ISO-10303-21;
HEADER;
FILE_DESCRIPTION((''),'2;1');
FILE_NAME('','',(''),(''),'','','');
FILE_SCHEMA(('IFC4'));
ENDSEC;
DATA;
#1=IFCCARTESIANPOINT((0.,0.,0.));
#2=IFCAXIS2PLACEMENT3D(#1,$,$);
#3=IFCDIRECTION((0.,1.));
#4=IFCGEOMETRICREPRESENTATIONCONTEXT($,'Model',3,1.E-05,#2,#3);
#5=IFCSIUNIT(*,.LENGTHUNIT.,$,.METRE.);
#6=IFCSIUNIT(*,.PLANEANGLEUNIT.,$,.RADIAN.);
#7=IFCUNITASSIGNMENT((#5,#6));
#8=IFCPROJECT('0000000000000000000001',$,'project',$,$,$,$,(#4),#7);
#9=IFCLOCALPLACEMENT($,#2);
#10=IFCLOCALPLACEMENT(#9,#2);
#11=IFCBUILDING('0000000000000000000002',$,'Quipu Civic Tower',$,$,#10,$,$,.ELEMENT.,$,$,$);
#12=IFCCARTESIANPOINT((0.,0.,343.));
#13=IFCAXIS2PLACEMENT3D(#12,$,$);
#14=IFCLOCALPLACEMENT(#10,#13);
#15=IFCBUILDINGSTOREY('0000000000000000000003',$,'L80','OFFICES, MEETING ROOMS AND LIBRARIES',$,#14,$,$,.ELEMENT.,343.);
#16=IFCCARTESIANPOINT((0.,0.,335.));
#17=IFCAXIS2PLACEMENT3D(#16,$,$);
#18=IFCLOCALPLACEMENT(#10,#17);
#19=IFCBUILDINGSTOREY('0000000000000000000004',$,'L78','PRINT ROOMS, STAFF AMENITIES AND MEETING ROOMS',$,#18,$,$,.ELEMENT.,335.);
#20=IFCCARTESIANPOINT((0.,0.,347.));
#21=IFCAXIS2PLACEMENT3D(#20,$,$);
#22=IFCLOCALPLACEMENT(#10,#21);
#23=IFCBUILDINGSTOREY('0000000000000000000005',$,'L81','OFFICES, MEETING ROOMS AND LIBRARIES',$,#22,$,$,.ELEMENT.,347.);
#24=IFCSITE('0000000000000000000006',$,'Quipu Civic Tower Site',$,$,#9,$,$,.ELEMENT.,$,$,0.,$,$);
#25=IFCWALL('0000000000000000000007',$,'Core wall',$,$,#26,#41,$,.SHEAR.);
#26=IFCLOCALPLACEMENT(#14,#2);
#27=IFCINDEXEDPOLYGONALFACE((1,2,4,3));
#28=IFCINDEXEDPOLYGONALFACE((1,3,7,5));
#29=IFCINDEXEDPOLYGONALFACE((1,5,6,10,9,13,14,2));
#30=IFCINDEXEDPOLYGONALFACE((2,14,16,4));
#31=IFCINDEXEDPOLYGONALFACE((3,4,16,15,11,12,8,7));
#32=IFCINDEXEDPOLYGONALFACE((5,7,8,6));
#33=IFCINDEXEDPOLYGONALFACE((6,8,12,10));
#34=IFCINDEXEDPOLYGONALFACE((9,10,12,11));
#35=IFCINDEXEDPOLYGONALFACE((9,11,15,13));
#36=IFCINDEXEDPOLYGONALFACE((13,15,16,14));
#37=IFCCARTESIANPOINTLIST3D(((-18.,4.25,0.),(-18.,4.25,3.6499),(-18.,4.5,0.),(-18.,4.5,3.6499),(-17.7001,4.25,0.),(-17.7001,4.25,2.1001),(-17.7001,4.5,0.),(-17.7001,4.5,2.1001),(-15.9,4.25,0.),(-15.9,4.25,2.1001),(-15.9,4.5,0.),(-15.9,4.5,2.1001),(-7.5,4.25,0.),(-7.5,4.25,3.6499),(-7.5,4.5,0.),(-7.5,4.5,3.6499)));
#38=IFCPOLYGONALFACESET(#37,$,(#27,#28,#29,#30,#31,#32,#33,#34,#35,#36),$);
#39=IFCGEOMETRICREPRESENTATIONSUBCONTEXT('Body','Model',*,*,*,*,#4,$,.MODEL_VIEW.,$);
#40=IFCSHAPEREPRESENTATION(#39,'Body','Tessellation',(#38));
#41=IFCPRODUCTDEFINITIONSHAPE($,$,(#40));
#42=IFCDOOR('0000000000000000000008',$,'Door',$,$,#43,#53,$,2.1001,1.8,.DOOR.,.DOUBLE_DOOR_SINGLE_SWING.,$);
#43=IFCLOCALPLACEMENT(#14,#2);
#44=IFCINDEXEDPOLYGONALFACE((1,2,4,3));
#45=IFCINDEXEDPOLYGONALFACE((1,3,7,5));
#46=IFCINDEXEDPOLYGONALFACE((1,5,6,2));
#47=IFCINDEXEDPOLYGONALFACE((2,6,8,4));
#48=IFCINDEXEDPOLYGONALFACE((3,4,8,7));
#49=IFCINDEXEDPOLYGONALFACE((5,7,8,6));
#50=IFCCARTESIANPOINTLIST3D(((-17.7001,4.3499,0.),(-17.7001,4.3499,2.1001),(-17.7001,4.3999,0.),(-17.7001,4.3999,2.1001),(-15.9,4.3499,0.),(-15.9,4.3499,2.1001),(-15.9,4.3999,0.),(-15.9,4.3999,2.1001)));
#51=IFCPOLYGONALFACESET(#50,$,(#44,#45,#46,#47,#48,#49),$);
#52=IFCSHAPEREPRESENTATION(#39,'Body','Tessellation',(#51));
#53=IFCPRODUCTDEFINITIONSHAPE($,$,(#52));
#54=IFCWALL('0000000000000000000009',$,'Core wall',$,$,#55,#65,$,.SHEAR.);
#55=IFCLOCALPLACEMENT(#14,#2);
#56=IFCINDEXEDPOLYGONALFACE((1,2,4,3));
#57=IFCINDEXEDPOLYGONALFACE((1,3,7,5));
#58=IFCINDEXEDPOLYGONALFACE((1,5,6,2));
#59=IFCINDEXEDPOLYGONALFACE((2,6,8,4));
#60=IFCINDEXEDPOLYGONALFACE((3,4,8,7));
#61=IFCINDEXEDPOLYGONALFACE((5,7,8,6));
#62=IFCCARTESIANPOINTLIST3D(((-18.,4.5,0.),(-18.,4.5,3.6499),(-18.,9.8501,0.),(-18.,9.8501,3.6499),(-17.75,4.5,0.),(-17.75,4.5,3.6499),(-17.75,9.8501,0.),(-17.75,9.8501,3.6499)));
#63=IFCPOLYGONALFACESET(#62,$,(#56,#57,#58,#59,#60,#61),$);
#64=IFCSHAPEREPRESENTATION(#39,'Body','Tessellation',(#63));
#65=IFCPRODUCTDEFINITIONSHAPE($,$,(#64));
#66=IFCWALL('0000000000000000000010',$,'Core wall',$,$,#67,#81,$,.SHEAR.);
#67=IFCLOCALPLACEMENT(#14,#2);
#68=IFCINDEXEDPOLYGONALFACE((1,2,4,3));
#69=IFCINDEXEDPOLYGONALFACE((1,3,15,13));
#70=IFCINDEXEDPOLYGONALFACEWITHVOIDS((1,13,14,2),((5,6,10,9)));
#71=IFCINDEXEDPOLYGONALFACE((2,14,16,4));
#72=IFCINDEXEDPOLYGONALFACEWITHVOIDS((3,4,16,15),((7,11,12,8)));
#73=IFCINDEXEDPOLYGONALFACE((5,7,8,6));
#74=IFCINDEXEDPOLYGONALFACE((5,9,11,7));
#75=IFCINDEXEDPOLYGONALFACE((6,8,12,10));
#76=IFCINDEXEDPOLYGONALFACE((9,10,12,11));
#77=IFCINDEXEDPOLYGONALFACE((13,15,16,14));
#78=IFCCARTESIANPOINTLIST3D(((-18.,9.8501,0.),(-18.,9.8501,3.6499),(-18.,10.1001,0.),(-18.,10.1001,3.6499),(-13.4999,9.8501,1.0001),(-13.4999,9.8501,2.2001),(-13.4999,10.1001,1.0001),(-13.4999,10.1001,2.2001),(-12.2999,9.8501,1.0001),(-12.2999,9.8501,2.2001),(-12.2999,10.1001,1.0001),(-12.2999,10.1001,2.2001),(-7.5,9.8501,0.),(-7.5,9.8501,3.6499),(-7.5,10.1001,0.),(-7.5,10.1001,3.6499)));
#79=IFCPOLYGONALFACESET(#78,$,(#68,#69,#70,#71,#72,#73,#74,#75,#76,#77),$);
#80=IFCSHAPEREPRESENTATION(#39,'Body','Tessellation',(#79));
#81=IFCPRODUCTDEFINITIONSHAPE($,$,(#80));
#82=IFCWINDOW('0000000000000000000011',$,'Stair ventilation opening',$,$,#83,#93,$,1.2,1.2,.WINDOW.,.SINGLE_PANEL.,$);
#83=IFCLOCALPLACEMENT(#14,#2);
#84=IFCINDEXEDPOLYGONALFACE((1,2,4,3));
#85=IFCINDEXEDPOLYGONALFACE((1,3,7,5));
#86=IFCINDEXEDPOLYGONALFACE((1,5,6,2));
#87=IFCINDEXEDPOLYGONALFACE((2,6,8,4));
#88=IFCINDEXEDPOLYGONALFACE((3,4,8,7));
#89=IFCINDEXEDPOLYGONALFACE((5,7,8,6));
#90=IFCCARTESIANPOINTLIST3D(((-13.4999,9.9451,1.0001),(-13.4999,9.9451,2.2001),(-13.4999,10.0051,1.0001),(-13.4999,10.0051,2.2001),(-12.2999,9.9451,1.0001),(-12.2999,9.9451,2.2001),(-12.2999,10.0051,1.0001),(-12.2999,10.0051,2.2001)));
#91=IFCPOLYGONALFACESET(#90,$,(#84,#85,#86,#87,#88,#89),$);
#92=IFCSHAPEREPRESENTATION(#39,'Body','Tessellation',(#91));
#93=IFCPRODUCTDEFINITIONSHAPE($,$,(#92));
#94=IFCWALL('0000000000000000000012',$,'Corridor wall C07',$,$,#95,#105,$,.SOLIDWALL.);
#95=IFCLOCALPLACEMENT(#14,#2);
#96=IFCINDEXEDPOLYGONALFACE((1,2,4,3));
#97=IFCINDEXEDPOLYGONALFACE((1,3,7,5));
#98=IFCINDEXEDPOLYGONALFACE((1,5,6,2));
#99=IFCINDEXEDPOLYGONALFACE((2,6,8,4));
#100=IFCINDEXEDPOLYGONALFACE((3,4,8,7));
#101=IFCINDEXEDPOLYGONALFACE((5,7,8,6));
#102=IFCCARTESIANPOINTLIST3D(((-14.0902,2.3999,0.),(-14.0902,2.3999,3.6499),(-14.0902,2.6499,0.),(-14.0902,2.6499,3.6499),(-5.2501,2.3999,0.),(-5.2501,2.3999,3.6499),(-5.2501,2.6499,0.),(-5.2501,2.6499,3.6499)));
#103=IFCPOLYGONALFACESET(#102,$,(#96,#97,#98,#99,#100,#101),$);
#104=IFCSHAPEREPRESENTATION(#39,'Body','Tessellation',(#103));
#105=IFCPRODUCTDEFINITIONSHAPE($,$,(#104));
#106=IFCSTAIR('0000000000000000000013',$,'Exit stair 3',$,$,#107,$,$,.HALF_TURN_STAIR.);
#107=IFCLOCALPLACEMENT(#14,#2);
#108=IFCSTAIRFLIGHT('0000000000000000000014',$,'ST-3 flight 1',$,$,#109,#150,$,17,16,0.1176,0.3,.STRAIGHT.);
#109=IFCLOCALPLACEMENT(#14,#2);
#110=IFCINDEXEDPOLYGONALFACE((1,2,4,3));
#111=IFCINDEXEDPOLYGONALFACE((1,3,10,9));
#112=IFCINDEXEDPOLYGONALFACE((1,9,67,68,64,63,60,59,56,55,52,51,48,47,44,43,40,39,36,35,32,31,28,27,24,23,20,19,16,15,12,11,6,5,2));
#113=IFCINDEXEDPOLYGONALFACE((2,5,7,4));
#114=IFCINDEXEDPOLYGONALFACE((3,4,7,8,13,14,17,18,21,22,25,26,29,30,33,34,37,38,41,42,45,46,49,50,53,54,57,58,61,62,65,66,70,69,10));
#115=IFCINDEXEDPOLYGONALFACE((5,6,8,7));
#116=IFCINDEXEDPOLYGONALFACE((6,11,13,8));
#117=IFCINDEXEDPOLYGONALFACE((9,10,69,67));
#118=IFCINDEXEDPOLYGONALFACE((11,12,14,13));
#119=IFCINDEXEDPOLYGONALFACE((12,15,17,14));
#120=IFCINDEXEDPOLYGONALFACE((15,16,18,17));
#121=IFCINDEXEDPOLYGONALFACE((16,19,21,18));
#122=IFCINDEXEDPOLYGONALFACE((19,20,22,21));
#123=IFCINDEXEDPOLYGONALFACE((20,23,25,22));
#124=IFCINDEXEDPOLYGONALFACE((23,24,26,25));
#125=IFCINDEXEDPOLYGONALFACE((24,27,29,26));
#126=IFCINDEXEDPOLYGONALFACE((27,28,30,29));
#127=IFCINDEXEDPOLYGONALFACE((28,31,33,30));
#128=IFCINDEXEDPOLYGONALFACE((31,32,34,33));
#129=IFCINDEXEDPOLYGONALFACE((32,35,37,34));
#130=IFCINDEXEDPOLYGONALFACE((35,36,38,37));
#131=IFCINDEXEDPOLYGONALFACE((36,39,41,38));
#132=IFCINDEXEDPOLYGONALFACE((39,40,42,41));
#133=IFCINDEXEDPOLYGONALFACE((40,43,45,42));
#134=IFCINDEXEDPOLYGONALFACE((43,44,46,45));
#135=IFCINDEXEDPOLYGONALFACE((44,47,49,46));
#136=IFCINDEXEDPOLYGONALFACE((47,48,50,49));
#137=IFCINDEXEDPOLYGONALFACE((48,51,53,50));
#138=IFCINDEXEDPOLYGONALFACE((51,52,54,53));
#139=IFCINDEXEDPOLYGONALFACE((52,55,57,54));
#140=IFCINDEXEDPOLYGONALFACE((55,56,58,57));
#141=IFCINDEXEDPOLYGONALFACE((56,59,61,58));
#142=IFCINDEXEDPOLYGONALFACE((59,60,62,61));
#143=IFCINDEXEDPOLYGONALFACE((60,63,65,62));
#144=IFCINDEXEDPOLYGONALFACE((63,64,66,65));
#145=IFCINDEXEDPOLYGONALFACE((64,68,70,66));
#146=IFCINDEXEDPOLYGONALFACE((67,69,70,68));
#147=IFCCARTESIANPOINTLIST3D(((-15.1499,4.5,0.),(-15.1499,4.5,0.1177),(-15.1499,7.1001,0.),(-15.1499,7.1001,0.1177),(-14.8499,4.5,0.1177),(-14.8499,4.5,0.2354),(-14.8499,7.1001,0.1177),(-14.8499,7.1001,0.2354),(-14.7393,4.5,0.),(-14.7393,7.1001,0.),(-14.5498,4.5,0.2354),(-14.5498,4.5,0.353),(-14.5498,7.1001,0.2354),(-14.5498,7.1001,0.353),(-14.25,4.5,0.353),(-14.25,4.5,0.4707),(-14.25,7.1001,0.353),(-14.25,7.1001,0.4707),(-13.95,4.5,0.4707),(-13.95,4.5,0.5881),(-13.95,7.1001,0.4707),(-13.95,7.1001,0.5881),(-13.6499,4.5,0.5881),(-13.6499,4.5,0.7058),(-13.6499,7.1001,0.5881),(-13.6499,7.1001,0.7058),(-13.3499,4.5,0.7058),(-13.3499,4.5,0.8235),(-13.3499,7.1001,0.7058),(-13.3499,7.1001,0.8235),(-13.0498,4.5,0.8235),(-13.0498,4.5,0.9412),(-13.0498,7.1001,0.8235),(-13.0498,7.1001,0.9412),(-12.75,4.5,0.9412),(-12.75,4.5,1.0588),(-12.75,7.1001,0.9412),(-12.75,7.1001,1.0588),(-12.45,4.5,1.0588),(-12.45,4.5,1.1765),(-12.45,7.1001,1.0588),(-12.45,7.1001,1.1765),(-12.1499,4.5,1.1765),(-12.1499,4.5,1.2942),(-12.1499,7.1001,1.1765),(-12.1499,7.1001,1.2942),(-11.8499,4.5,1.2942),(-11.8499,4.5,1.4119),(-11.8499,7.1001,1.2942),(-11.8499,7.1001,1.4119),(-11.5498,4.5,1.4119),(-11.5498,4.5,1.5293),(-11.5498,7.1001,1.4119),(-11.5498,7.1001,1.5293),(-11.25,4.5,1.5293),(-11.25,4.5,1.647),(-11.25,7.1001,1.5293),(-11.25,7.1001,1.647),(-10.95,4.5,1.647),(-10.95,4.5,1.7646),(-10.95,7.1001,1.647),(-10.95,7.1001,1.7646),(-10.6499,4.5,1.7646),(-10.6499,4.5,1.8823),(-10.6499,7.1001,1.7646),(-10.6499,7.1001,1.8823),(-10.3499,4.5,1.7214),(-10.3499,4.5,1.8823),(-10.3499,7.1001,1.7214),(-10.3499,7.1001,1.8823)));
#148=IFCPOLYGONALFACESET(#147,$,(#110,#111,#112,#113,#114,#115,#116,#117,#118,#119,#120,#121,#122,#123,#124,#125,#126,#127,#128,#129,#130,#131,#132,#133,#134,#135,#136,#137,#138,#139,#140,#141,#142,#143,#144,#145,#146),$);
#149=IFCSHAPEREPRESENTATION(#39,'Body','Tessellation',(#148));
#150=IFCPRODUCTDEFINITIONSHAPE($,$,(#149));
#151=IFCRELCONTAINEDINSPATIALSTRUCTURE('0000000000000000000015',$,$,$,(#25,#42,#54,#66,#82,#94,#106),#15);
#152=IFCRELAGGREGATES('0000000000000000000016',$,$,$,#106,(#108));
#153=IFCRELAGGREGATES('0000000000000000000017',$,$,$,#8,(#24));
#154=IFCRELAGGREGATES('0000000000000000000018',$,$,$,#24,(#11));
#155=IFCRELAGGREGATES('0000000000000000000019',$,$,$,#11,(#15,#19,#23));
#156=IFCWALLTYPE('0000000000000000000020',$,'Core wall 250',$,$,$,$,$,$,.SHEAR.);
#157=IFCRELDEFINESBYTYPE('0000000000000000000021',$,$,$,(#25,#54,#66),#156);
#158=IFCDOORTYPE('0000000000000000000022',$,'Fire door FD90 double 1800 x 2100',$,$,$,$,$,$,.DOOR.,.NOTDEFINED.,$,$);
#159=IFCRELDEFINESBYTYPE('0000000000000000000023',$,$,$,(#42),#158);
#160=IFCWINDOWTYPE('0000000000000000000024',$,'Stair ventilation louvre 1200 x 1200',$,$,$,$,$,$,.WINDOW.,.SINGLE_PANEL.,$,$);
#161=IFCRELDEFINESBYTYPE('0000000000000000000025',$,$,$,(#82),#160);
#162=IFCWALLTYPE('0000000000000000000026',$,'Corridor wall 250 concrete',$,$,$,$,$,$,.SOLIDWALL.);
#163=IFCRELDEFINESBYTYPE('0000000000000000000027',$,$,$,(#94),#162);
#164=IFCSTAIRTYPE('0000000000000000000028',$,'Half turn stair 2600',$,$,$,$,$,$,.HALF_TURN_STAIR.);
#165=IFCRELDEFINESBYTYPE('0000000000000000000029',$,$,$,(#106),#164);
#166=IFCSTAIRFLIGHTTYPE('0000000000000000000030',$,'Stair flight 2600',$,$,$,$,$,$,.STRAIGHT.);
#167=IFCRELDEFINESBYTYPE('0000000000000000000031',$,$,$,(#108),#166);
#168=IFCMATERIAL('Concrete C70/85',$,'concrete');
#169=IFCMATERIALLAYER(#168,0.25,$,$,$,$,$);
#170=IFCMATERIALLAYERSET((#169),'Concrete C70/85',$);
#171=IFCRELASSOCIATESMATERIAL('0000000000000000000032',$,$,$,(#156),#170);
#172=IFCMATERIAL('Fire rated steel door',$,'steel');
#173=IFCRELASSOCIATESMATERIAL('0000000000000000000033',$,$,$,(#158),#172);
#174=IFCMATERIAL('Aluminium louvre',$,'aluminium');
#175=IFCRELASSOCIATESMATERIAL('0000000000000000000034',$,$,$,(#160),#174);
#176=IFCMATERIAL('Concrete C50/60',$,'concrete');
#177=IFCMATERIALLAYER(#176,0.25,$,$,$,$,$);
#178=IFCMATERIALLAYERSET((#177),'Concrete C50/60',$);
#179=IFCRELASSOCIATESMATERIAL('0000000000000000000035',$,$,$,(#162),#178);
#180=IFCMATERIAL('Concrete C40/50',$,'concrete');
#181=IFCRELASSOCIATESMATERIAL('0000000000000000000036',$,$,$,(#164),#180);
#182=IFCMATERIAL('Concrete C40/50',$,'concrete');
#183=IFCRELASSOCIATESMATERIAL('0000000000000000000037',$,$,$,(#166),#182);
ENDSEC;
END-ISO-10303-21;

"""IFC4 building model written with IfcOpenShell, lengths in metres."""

from ifc_helpers import new_model, si_unit, direction, frame, frame_2d, origin, place, context, subcontext, project, spatial, polyline, rectangle, outline, extrude, material, layer, layer_set, type_object, element, fill, aggregate, save


model = new_model("IFC4")

# Units and contexts
model_context = context("Model", 3, precision=1e-05, world=origin(), true_north=direction((0.0, 1.0)))
body_context = subcontext(model_context, "Body", "Model", "MODEL_VIEW")
ifc_project = project(units=[si_unit("LENGTHUNIT", "METRE"), si_unit("PLANEANGLEUNIT", "RADIAN")], contexts=[model_context])

# Site, building, storey
site_placement = place(None, origin())
site = spatial("IfcSite", under=ifc_project, at=site_placement, Name="Quipu Civic Tower Site", CompositionType="ELEMENT", RefElevation=0.0)
building_placement = place(site_placement, origin())
building = spatial("IfcBuilding", under=site, at=building_placement, Name="Quipu Civic Tower", CompositionType="ELEMENT")
storey_1_placement = place(building_placement, frame((0.0, 0.0, 343.0)))
storey_1 = spatial("IfcBuildingStorey", under=building, at=storey_1_placement, Name="L80", Description="OFFICES, MEETING ROOMS AND LIBRARIES", CompositionType="ELEMENT", Elevation=343.0)

# Shared definitions
storey_2_placement = place(building_placement, frame((0.0, 0.0, 335.0)))
storey_2 = spatial("IfcBuildingStorey", under=building, at=storey_2_placement, Name="L78", Description="PRINT ROOMS, STAFF AMENITIES AND MEETING ROOMS", CompositionType="ELEMENT", Elevation=335.0)

# Shared definitions
storey_3_placement = place(building_placement, frame((0.0, 0.0, 347.0)))
storey_3 = spatial("IfcBuildingStorey", under=building, at=storey_3_placement, Name="L81", Description="OFFICES, MEETING ROOMS AND LIBRARIES", CompositionType="ELEMENT", Elevation=347.0)

# Shared definitions
ifc_material_1 = material(Name="Concrete C70/85", Category="concrete")
ifc_layer_1 = layer(ifc_material_1, 0.25)
ifc_layer_set_1 = layer_set([ifc_layer_1], Name="Concrete C70/85")
wall_type_1 = type_object("IfcWallType", Name="Core wall 250", PredefinedType="SHEAR", material=ifc_layer_set_1)

# Wall, opening, door
wall_1_placement = place(storey_1_placement, frame((-18.0, 4.375, 0.0), z_axis=(0.0, 0.0, 1.0), x_axis=(1.0, 0.0, 0.0)))
wall_1 = element("IfcWall", 1, at=wall_1_placement, inside=storey_1, type_object=wall_type_1, Name="Core wall", PredefinedType="SHEAR", context=body_context, shape_type="SweptSolid", body=[
    extrude(rectangle(XDim=10.5, YDim=0.25, at=frame_2d((5.25, 0.0))), origin(), (0.0, 0.0, 1.0), 3.6499),
])
opening_1_placement = place(wall_1_placement, frame((0.3, 0.0, 0.0)))
opening_1 = element("IfcOpeningElement", 2, at=opening_1_placement, cuts=wall_1, PredefinedType="OPENING", context=body_context, shape_type="SweptSolid", body=[
    extrude(rectangle(XDim=1.8, YDim=2.1001, at=frame_2d((0.8999, 1.05))), frame((0.0, 0.135, 0.0), z_axis=(0.0, -1.0, 0.0), x_axis=(1.0, 0.0, 0.0)), (0.0, 0.0, 1.0), 0.27),
])
ifc_material_2 = material(Name="Fire rated steel door", Category="steel")
door_type = type_object("IfcDoorType", Name="Fire door FD90 double 1800 x 2100", OperationType="NOTDEFINED", PredefinedType="DOOR", material=ifc_material_2)
door_placement = place(opening_1_placement, origin())
door = element("IfcDoor", 3, at=door_placement, inside=storey_1, type_object=door_type, Name="Door", OperationType="DOUBLE_DOOR_SINGLE_SWING", OverallHeight=2.1001, OverallWidth=1.8, PredefinedType="DOOR", context=body_context, shape_type="SweptSolid", body=[
    extrude(rectangle(XDim=1.8, YDim=2.1001, at=frame_2d((0.8999, 1.05))), frame((0.0, 0.0249, 0.0), z_axis=(0.0, -1.0, 0.0), x_axis=(1.0, 0.0, 0.0)), (0.0, 0.0, 1.0), 0.05),
])
fill(opening_1, door)

# Wall
wall_2_placement = place(storey_1_placement, frame((-17.875, 4.5, 0.0), z_axis=(0.0, 0.0, 1.0), x_axis=(0.0, 1.0, 0.0)))
element("IfcWall", 4, at=wall_2_placement, inside=storey_1, type_object=wall_type_1, Name="Core wall", PredefinedType="SHEAR", context=body_context, shape_type="SweptSolid", body=[
    extrude(rectangle(XDim=5.3501, YDim=0.25, at=frame_2d((2.675, 0.0))), origin(), (0.0, 0.0, 1.0), 3.6499),
])

# Wall, opening, window
wall_3_placement = place(storey_1_placement, frame((-18.0, 9.9751, 0.0), z_axis=(0.0, 0.0, 1.0), x_axis=(1.0, 0.0, 0.0)))
wall_3 = element("IfcWall", 5, at=wall_3_placement, inside=storey_1, type_object=wall_type_1, Name="Core wall", PredefinedType="SHEAR", context=body_context, shape_type="SweptSolid", body=[
    extrude(rectangle(XDim=10.5, YDim=0.25, at=frame_2d((5.25, 0.0))), origin(), (0.0, 0.0, 1.0), 3.6499),
])
opening_2_placement = place(wall_3_placement, frame((4.5, 0.0, 1.0)))
opening_2 = element("IfcOpeningElement", 6, at=opening_2_placement, cuts=wall_3, PredefinedType="OPENING", context=body_context, shape_type="SweptSolid", body=[
    extrude(rectangle(XDim=1.2, YDim=1.2, at=frame_2d((0.6001, 0.6001))), frame((0.0, 0.135, 0.0), z_axis=(0.0, -1.0, 0.0), x_axis=(1.0, 0.0, 0.0)), (0.0, 0.0, 1.0), 0.27),
])
ifc_material_3 = material(Name="Aluminium louvre", Category="aluminium")
window_type = type_object("IfcWindowType", Name="Stair ventilation louvre 1200 x 1200", PartitioningType="SINGLE_PANEL", PredefinedType="WINDOW", material=ifc_material_3)
window_placement = place(opening_2_placement, origin())
window = element("IfcWindow", 7, at=window_placement, inside=storey_1, type_object=window_type, Name="Stair ventilation opening", OverallHeight=1.2, OverallWidth=1.2, PartitioningType="SINGLE_PANEL", PredefinedType="WINDOW", context=body_context, shape_type="SweptSolid", body=[
    extrude(rectangle(XDim=1.2, YDim=1.2, at=frame_2d((0.6001, 0.6001))), frame((0.0, 0.03, 0.0), z_axis=(0.0, -1.0, 0.0), x_axis=(1.0, 0.0, 0.0)), (0.0, 0.0, 1.0), 0.0601),
])
fill(opening_2, window)

# Wall
ifc_material_4 = material(Name="Concrete C50/60", Category="concrete")
ifc_layer_2 = layer(ifc_material_4, 0.25)
ifc_layer_set_2 = layer_set([ifc_layer_2], Name="Concrete C50/60")
wall_type_2 = type_object("IfcWallType", Name="Corridor wall 250 concrete", PredefinedType="SOLIDWALL", material=ifc_layer_set_2)
wall_4_placement = place(storey_1_placement, frame((-14.0901, 2.5249, 0.0), z_axis=(0.0, 0.0, 1.0), x_axis=(1.0, 0.0, 0.0)))
element("IfcWall", 8, at=wall_4_placement, inside=storey_1, type_object=wall_type_2, Name="Corridor wall C07", PredefinedType="SOLIDWALL", context=body_context, shape_type="SweptSolid", body=[
    extrude(rectangle(XDim=8.8401, YDim=0.25, at=frame_2d((4.4199, 0.0))), origin(), (0.0, 0.0, 1.0), 3.6499),
])

# Stair, stair flight
ifc_material_5 = material(Name="Concrete C40/50", Category="concrete")
stair_type = type_object("IfcStairType", Name="Half turn stair 2600", PredefinedType="HALF_TURN_STAIR", material=ifc_material_5)
stair_placement = place(storey_1_placement, origin())
stair = element("IfcStair", 9, at=stair_placement, inside=storey_1, type_object=stair_type, Name="Exit stair 3", PredefinedType="HALF_TURN_STAIR")
ifc_material_6 = material(Name="Concrete C40/50", Category="concrete")
stair_flight_type = type_object("IfcStairFlightType", Name="Stair flight 2600", PredefinedType="STRAIGHT", material=ifc_material_6)
stair_flight_placement = place(storey_1_placement, frame((-15.1499, 5.8, 0.0), z_axis=(0.0, 0.0, 1.0), x_axis=(1.0, 0.0, 0.0)))
stair_flight = element("IfcStairFlight", 10, at=stair_flight_placement, type_object=stair_flight_type, Name="ST-3 flight 1", NumberOfRisers=17, NumberOfTreads=16, PredefinedType="STRAIGHT", RiserHeight=0.1176, TreadLength=0.3, context=body_context, shape_type="SweptSolid", body=[
    extrude(outline(polyline([(0.0, 0.0), (0.0, 0.1177), (0.3, 0.1177), (0.3, 0.2354), (0.6001, 0.2354), (0.6001, 0.353), (0.8999, 0.353), (0.8999, 0.4707), (1.2, 0.4707), (1.2, 0.5881), (1.5, 0.5881), (1.5, 0.7058), (1.8, 0.7058), (1.8, 0.8235), (2.1001, 0.8235), (2.1001, 0.9412), (2.3999, 0.9412), (2.3999, 1.0588), (2.7, 1.0588), (2.7, 1.1765), (3.0, 1.1765), (3.0, 1.2942), (3.3, 1.2942), (3.3, 1.4119), (3.6001, 1.4119), (3.6001, 1.5293), (3.8999, 1.5293), (3.8999, 1.647), (4.2, 1.647), (4.2, 1.7646), (4.5, 1.7646), (4.5, 1.8823), (4.8, 1.8823), (4.8, 2.0), (4.8, 1.7214), (0.4106, 0.0), (0.0, 0.0)])), frame((0.0, 1.3, 0.0), z_axis=(0.0, -1.0, 0.0), x_axis=(1.0, 0.0, 0.0)), (0.0, 0.0, 1.0), 2.6001),
])
aggregate(stair, [stair_flight])

save(model, "model.ifc")
